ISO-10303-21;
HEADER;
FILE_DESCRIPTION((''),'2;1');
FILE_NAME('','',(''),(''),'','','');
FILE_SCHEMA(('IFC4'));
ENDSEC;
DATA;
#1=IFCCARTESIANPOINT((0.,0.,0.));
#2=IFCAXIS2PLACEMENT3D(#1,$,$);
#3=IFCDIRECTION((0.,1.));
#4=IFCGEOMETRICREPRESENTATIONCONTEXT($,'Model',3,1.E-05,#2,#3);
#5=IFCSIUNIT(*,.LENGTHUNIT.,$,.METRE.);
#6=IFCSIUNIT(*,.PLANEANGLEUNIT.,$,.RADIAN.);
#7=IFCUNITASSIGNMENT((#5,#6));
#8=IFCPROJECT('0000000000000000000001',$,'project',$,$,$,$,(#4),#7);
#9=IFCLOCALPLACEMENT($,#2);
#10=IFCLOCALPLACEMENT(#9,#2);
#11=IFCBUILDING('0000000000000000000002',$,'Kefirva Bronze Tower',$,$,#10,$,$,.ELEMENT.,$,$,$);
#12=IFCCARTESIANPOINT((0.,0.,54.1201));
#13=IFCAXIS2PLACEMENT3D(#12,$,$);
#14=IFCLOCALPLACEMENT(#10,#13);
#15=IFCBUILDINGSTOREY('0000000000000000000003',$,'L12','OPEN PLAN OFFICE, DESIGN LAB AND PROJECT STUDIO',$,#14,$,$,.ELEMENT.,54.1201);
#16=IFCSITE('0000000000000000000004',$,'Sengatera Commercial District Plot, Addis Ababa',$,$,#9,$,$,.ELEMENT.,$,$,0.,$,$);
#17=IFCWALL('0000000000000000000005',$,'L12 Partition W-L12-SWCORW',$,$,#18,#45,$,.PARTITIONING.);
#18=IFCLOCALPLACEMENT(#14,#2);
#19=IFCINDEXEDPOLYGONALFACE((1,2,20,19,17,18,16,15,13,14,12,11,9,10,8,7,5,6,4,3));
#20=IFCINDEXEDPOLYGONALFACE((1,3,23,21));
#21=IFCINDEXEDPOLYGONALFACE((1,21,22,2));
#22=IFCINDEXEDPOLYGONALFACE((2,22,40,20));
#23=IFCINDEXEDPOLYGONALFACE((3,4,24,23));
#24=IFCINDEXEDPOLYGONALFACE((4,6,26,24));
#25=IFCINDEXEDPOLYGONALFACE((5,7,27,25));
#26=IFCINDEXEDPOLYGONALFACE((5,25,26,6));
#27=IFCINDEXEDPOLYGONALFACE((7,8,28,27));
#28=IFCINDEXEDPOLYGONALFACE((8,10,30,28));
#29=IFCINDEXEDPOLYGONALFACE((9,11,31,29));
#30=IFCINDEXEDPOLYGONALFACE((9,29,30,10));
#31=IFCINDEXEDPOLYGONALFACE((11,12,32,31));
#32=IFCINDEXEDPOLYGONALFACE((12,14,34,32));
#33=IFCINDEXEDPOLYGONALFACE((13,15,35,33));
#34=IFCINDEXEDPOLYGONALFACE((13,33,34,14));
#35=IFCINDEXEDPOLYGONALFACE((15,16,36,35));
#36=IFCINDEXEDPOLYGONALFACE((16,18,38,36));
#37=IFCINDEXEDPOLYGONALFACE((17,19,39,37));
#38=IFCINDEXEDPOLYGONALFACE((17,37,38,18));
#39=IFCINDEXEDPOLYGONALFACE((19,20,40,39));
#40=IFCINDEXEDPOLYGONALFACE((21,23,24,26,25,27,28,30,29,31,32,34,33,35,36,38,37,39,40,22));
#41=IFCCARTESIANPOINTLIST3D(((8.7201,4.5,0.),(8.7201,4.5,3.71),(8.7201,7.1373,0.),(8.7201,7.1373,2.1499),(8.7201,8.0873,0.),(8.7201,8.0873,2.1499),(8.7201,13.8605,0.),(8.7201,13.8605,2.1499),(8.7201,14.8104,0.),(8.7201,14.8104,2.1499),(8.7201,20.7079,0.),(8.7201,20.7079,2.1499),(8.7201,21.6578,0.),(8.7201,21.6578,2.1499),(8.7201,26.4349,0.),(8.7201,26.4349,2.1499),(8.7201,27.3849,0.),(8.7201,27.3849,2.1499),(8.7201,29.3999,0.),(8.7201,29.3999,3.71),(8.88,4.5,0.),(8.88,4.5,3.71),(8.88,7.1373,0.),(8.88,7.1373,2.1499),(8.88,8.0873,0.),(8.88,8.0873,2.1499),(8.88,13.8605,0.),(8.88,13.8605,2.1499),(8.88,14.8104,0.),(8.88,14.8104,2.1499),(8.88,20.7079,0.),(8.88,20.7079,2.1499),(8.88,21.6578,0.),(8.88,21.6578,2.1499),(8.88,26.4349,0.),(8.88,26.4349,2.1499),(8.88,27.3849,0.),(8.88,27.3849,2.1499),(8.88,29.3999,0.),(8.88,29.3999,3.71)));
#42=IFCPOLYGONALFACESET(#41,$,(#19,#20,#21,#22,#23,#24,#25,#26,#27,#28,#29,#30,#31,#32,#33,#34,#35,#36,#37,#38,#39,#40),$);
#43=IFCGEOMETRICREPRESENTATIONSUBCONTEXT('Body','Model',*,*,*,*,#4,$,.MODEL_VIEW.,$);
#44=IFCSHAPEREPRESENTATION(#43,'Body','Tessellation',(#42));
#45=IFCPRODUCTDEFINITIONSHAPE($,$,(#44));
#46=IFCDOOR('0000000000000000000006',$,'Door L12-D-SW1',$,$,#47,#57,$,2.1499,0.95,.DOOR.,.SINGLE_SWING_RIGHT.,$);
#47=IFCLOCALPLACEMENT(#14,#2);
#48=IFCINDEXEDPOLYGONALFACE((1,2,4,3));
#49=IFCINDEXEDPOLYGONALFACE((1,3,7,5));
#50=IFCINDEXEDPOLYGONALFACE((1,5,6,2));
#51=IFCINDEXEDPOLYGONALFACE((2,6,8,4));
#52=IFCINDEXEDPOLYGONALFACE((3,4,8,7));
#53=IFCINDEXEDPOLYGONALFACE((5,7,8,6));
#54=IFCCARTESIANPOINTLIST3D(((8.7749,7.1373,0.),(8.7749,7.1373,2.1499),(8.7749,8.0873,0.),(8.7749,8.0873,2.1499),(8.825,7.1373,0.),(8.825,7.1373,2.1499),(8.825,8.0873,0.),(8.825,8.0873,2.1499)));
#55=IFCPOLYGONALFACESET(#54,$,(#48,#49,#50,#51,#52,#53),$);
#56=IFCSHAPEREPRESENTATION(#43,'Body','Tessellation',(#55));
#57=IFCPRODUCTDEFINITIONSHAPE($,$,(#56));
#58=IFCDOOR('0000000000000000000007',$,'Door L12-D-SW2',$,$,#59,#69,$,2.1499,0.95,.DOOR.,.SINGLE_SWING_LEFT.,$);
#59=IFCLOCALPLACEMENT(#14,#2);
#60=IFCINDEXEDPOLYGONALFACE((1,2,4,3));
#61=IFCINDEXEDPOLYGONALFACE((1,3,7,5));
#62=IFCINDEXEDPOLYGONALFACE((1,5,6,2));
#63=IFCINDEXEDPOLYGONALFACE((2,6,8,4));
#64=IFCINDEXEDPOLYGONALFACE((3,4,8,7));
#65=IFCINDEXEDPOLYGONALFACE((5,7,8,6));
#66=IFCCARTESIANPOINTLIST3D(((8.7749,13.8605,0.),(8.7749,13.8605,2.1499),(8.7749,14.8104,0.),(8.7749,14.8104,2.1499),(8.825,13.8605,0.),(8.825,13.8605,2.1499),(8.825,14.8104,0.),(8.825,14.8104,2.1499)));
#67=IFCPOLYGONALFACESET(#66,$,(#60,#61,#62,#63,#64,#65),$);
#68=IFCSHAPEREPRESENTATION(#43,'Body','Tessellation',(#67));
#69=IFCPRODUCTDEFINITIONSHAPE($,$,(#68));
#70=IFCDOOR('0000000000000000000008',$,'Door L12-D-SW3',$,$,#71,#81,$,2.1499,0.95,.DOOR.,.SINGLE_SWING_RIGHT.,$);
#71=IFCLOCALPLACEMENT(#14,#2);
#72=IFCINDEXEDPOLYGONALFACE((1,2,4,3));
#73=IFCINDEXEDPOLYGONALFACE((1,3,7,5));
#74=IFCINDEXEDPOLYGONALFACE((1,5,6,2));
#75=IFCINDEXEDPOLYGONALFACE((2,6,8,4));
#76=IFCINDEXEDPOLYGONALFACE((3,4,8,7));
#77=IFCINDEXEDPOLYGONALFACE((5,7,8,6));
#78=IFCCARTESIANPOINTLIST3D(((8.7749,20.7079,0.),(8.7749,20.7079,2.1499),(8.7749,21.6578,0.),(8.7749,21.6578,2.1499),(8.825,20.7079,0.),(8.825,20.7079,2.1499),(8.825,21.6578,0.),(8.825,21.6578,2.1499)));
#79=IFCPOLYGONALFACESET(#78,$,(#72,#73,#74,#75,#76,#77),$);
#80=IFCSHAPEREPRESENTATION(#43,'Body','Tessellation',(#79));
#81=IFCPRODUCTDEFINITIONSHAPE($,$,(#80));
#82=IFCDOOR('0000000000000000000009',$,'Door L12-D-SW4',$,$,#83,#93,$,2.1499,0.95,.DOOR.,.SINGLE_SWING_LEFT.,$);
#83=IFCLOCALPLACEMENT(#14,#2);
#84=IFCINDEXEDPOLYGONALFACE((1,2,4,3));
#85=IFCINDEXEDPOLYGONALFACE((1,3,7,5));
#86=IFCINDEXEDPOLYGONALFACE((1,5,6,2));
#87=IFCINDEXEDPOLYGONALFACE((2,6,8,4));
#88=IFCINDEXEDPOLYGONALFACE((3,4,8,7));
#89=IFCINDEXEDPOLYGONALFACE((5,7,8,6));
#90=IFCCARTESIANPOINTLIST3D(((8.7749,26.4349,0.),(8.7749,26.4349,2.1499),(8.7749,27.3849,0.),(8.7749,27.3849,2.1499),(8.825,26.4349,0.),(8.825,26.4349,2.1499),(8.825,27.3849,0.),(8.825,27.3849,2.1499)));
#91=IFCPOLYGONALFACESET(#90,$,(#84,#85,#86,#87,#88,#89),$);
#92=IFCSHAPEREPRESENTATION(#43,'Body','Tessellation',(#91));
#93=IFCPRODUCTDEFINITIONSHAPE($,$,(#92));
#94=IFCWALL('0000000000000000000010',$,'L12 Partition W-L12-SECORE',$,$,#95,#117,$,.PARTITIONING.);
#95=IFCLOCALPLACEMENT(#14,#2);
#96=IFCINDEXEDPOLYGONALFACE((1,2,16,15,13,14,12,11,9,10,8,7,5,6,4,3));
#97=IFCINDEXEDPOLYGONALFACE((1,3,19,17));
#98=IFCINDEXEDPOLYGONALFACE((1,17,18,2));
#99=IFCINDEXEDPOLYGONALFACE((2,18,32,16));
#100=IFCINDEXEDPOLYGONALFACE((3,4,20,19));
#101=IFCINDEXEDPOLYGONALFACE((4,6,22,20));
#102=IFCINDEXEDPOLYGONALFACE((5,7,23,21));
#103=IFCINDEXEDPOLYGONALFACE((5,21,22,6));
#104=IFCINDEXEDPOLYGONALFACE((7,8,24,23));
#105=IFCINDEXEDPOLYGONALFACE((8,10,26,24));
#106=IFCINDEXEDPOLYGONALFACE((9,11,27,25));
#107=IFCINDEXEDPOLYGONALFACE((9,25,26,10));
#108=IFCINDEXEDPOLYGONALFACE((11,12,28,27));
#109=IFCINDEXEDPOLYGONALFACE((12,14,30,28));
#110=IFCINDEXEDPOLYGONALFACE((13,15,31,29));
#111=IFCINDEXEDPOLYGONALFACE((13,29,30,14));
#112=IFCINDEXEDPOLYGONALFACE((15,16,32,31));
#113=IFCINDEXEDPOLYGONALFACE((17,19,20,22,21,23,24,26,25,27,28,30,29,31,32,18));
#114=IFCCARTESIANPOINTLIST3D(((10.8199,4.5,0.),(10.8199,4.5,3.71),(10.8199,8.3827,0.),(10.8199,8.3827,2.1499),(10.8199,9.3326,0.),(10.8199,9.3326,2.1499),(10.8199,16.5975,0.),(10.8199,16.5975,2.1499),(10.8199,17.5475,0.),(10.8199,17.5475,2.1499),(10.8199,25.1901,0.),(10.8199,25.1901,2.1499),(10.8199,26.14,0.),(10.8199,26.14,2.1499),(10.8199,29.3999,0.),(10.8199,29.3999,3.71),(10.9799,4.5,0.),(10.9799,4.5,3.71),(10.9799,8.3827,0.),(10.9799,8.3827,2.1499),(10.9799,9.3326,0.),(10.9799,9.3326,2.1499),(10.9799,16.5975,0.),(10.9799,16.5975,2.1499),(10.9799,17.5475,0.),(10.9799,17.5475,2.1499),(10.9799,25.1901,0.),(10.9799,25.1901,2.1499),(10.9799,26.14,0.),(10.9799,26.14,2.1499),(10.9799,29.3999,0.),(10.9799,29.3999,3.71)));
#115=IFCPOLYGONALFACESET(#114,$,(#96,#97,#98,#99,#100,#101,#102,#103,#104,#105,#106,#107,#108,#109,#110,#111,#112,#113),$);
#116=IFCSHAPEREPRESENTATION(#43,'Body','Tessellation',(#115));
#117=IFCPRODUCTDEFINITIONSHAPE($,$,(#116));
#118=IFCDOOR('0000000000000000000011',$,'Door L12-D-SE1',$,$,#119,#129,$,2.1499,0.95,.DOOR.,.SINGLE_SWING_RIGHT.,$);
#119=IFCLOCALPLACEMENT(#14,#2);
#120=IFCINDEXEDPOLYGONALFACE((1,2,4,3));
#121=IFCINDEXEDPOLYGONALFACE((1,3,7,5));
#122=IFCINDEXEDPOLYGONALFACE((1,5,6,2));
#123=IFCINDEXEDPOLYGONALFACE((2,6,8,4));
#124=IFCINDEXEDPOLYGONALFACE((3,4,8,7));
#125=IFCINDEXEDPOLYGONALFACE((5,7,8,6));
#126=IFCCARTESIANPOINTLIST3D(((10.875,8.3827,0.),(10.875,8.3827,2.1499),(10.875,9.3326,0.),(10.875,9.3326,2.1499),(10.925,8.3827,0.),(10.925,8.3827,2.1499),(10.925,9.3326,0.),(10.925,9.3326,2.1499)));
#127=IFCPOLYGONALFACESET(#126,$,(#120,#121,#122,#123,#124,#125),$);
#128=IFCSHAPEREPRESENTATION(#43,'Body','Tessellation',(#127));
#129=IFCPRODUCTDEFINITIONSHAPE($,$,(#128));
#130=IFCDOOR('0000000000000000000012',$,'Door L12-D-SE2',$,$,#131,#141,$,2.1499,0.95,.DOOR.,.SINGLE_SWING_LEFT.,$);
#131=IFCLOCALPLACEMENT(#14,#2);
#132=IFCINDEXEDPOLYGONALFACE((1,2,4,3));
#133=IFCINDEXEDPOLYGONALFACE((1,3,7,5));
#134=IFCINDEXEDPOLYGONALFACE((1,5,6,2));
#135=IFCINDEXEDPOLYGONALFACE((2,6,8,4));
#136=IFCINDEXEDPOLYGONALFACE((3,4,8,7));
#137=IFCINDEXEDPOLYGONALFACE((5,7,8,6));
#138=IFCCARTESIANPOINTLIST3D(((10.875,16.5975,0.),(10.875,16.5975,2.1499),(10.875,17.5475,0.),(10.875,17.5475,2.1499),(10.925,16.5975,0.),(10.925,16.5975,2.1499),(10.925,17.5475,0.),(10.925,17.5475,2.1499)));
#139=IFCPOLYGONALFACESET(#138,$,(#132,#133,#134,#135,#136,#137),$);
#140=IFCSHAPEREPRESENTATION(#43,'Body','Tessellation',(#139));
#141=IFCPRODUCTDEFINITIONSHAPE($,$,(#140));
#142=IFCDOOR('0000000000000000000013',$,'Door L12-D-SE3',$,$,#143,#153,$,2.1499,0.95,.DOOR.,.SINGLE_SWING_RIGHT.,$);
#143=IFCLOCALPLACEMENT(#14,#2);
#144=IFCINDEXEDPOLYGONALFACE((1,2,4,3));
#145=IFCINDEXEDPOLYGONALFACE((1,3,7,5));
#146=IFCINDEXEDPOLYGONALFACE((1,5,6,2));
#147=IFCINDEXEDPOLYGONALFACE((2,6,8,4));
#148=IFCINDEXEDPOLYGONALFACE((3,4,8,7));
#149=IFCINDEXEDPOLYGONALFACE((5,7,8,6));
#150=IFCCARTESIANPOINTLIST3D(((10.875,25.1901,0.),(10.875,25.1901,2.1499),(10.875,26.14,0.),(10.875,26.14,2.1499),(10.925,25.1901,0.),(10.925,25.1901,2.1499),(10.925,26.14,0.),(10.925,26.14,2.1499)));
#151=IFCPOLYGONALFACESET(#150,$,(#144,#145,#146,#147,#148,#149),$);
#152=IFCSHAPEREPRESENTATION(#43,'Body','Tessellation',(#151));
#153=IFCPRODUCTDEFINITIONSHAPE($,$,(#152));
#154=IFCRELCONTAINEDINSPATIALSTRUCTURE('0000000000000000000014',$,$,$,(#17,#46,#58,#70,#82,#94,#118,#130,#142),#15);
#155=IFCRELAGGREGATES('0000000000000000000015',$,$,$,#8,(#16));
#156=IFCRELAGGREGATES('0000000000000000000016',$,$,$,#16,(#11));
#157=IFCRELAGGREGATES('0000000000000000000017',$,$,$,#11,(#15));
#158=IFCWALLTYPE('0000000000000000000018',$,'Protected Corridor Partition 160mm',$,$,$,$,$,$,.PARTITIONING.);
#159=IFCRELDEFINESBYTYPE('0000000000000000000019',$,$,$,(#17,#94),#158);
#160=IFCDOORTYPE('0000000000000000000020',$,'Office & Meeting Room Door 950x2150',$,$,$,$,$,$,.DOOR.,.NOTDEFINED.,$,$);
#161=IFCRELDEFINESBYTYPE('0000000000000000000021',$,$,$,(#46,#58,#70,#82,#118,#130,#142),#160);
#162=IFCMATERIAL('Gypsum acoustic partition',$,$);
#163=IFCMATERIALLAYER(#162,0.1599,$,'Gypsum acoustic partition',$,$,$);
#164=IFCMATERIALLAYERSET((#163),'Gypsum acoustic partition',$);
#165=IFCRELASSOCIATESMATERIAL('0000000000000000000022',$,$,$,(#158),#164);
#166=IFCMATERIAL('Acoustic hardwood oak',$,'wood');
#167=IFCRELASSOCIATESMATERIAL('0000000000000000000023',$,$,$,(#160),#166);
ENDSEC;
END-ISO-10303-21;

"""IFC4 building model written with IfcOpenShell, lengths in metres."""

from ifc_helpers import new_model, si_unit, direction, frame, frame_2d, origin, place, context, subcontext, project, spatial, rectangle, extrude, material, layer, layer_set, type_object, element, fill, save


model = new_model("IFC4")

# Units and contexts
model_context = context("Model", 3, precision=1e-05, world=origin(), true_north=direction((0.0, 1.0)))
body_context = subcontext(model_context, "Body", "Model", "MODEL_VIEW")
ifc_project = project(units=[si_unit("LENGTHUNIT", "METRE"), si_unit("PLANEANGLEUNIT", "RADIAN")], contexts=[model_context])

# Site, building, storey
site_placement = place(None, origin())
site = spatial("IfcSite", under=ifc_project, at=site_placement, Name="Sengatera Commercial District Plot, Addis Ababa", CompositionType="ELEMENT", RefElevation=0.0)
building_placement = place(site_placement, origin())
building = spatial("IfcBuilding", under=site, at=building_placement, Name="Kefirva Bronze Tower", CompositionType="ELEMENT")
storey_placement = place(building_placement, frame((0.0, 0.0, 54.1201)))
storey = spatial("IfcBuildingStorey", under=building, at=storey_placement, Name="L12", Description="OPEN PLAN OFFICE, DESIGN LAB AND PROJECT STUDIO", CompositionType="ELEMENT", Elevation=54.1201)

# Walls, openings, doors
ifc_material_1 = material(Name="Gypsum acoustic partition")
ifc_layer_1 = layer(ifc_material_1, 0.1599, Name="Gypsum acoustic partition")
ifc_layer_set_1 = layer_set([ifc_layer_1], Name="Gypsum acoustic partition")
wall_type = type_object("IfcWallType", Name="Protected Corridor Partition 160mm", PredefinedType="PARTITIONING", material=ifc_layer_set_1)
wall_1_placement = place(storey_placement, frame((8.8, 4.5, 0.0), z_axis=(0.0, 0.0, 1.0), x_axis=(0.0, 1.0, 0.0)))
wall_1 = element("IfcWall", 1, at=wall_1_placement, inside=storey, type_object=wall_type, Name="L12 Partition W-L12-SWCORW", PredefinedType="PARTITIONING", context=body_context, shape_type="SweptSolid", body=[
    extrude(rectangle(XDim=24.8999, YDim=0.1599, at=frame_2d((12.45, 0.0))), origin(), (0.0, 0.0, 1.0), 3.71),
])
opening_1_placement = place(wall_1_placement, frame((3.5874, 0.0, 0.0), z_axis=(0.0, 0.0, 1.0), x_axis=(-1.0, 0.0, 0.0)))
opening_1 = element("IfcOpeningElement", 2, at=opening_1_placement, cuts=wall_1, PredefinedType="OPENING", context=body_context, shape_type="SweptSolid", body=[
    extrude(rectangle(XDim=0.95, YDim=2.1499, at=frame_2d((0.4751, 1.075))), frame((0.0, 0.0898, 0.0), z_axis=(0.0, -1.0, 0.0), x_axis=(1.0, 0.0, 0.0)), (0.0, 0.0, 1.0), 0.1799),
])
opening_2_placement = place(wall_1_placement, frame((10.3105, 0.0, 0.0), z_axis=(0.0, 0.0, 1.0), x_axis=(-1.0, 0.0, 0.0)))
opening_2 = element("IfcOpeningElement", 3, at=opening_2_placement, cuts=wall_1, PredefinedType="OPENING", context=body_context, shape_type="SweptSolid", body=[
    extrude(rectangle(XDim=0.95, YDim=2.1499, at=frame_2d((0.4751, 1.075))), frame((0.0, 0.0898, 0.0), z_axis=(0.0, -1.0, 0.0), x_axis=(1.0, 0.0, 0.0)), (0.0, 0.0, 1.0), 0.1799),
])
opening_3_placement = place(wall_1_placement, frame((17.158, 0.0, 0.0), z_axis=(0.0, 0.0, 1.0), x_axis=(-1.0, 0.0, 0.0)))
opening_3 = element("IfcOpeningElement", 4, at=opening_3_placement, cuts=wall_1, PredefinedType="OPENING", context=body_context, shape_type="SweptSolid", body=[
    extrude(rectangle(XDim=0.95, YDim=2.1499, at=frame_2d((0.4751, 1.075))), frame((0.0, 0.0898, 0.0), z_axis=(0.0, -1.0, 0.0), x_axis=(1.0, 0.0, 0.0)), (0.0, 0.0, 1.0), 0.1799),
])
opening_4_placement = place(wall_1_placement, frame((22.885, 0.0, 0.0), z_axis=(0.0, 0.0, 1.0), x_axis=(-1.0, 0.0, 0.0)))
opening_4 = element("IfcOpeningElement", 5, at=opening_4_placement, cuts=wall_1, PredefinedType="OPENING", context=body_context, shape_type="SweptSolid", body=[
    extrude(rectangle(XDim=0.95, YDim=2.1499, at=frame_2d((0.4751, 1.075))), frame((0.0, 0.0898, 0.0), z_axis=(0.0, -1.0, 0.0), x_axis=(1.0, 0.0, 0.0)), (0.0, 0.0, 1.0), 0.1799),
])
ifc_material_2 = material(Name="Acoustic hardwood oak", Category="wood")
door_type = type_object("IfcDoorType", Name="Office & Meeting Room Door 950x2150", OperationType="NOTDEFINED", PredefinedType="DOOR", material=ifc_material_2)
door_1_placement = place(opening_1_placement, origin())
door_1 = element("IfcDoor", 6, at=door_1_placement, inside=storey, type_object=door_type, Name="Door L12-D-SW1", OperationType="SINGLE_SWING_RIGHT", OverallHeight=2.1499, OverallWidth=0.95, PredefinedType="DOOR", context=body_context, shape_type="SweptSolid", body=[
    extrude(rectangle(XDim=0.95, YDim=2.1499, at=frame_2d((0.4751, 1.075))), frame((0.0, 0.0249, 0.0), z_axis=(0.0, -1.0, 0.0), x_axis=(1.0, 0.0, 0.0)), (0.0, 0.0, 1.0), 0.05),
])
fill(opening_1, door_1)
door_2_placement = place(opening_2_placement, origin())
door_2 = element("IfcDoor", 7, at=door_2_placement, inside=storey, type_object=door_type, Name="Door L12-D-SW2", OperationType="SINGLE_SWING_LEFT", OverallHeight=2.1499, OverallWidth=0.95, PredefinedType="DOOR", context=body_context, shape_type="SweptSolid", body=[
    extrude(rectangle(XDim=0.95, YDim=2.1499, at=frame_2d((0.4751, 1.075))), frame((0.0, 0.0249, 0.0), z_axis=(0.0, -1.0, 0.0), x_axis=(1.0, 0.0, 0.0)), (0.0, 0.0, 1.0), 0.05),
])
fill(opening_2, door_2)
door_3_placement = place(opening_3_placement, origin())
door_3 = element("IfcDoor", 8, at=door_3_placement, inside=storey, type_object=door_type, Name="Door L12-D-SW3", OperationType="SINGLE_SWING_RIGHT", OverallHeight=2.1499, OverallWidth=0.95, PredefinedType="DOOR", context=body_context, shape_type="SweptSolid", body=[
    extrude(rectangle(XDim=0.95, YDim=2.1499, at=frame_2d((0.4751, 1.075))), frame((0.0, 0.0249, 0.0), z_axis=(0.0, -1.0, 0.0), x_axis=(1.0, 0.0, 0.0)), (0.0, 0.0, 1.0), 0.05),
])
fill(opening_3, door_3)
door_4_placement = place(opening_4_placement, origin())
door_4 = element("IfcDoor", 9, at=door_4_placement, inside=storey, type_object=door_type, Name="Door L12-D-SW4", OperationType="SINGLE_SWING_LEFT", OverallHeight=2.1499, OverallWidth=0.95, PredefinedType="DOOR", context=body_context, shape_type="SweptSolid", body=[
    extrude(rectangle(XDim=0.95, YDim=2.1499, at=frame_2d((0.4751, 1.075))), frame((0.0, 0.0249, 0.0), z_axis=(0.0, -1.0, 0.0), x_axis=(1.0, 0.0, 0.0)), (0.0, 0.0, 1.0), 0.05),
])
fill(opening_4, door_4)
wall_2_placement = place(storey_placement, frame((10.8999, 4.5, 0.0), z_axis=(0.0, 0.0, 1.0), x_axis=(0.0, 1.0, 0.0)))
wall_2 = element("IfcWall", 10, at=wall_2_placement, inside=storey, type_object=wall_type, Name="L12 Partition W-L12-SECORE", PredefinedType="PARTITIONING", context=body_context, shape_type="SweptSolid", body=[
    extrude(rectangle(XDim=24.8999, YDim=0.1599, at=frame_2d((12.45, 0.0))), origin(), (0.0, 0.0, 1.0), 3.71),
])
opening_5_placement = place(wall_2_placement, frame((3.8826, 0.0, 0.0)))
opening_5 = element("IfcOpeningElement", 11, at=opening_5_placement, cuts=wall_2, PredefinedType="OPENING", context=body_context, shape_type="SweptSolid", body=[
    extrude(rectangle(XDim=0.95, YDim=2.1499, at=frame_2d((0.4751, 1.075))), frame((0.0, 0.0898, 0.0), z_axis=(0.0, -1.0, 0.0), x_axis=(1.0, 0.0, 0.0)), (0.0, 0.0, 1.0), 0.1799),
])
opening_6_placement = place(wall_2_placement, frame((12.0974, 0.0, 0.0)))
opening_6 = element("IfcOpeningElement", 12, at=opening_6_placement, cuts=wall_2, PredefinedType="OPENING", context=body_context, shape_type="SweptSolid", body=[
    extrude(rectangle(XDim=0.95, YDim=2.1499, at=frame_2d((0.4751, 1.075))), frame((0.0, 0.0898, 0.0), z_axis=(0.0, -1.0, 0.0), x_axis=(1.0, 0.0, 0.0)), (0.0, 0.0, 1.0), 0.1799),
])
opening_7_placement = place(wall_2_placement, frame((20.6899, 0.0, 0.0)))
opening_7 = element("IfcOpeningElement", 13, at=opening_7_placement, cuts=wall_2, PredefinedType="OPENING", context=body_context, shape_type="SweptSolid", body=[
    extrude(rectangle(XDim=0.95, YDim=2.1499, at=frame_2d((0.4751, 1.075))), frame((0.0, 0.0898, 0.0), z_axis=(0.0, -1.0, 0.0), x_axis=(1.0, 0.0, 0.0)), (0.0, 0.0, 1.0), 0.1799),
])
door_5_placement = place(opening_5_placement, origin())
door_5 = element("IfcDoor", 14, at=door_5_placement, inside=storey, type_object=door_type, Name="Door L12-D-SE1", OperationType="SINGLE_SWING_RIGHT", OverallHeight=2.1499, OverallWidth=0.95, PredefinedType="DOOR", context=body_context, shape_type="SweptSolid", body=[
    extrude(rectangle(XDim=0.95, YDim=2.1499, at=frame_2d((0.4751, 1.075))), frame((0.0, 0.0249, 0.0), z_axis=(0.0, -1.0, 0.0), x_axis=(1.0, 0.0, 0.0)), (0.0, 0.0, 1.0), 0.05),
])
fill(opening_5, door_5)
door_6_placement = place(opening_6_placement, origin())
door_6 = element("IfcDoor", 15, at=door_6_placement, inside=storey, type_object=door_type, Name="Door L12-D-SE2", OperationType="SINGLE_SWING_LEFT", OverallHeight=2.1499, OverallWidth=0.95, PredefinedType="DOOR", context=body_context, shape_type="SweptSolid", body=[
    extrude(rectangle(XDim=0.95, YDim=2.1499, at=frame_2d((0.4751, 1.075))), frame((0.0, 0.0249, 0.0), z_axis=(0.0, -1.0, 0.0), x_axis=(1.0, 0.0, 0.0)), (0.0, 0.0, 1.0), 0.05),
])
fill(opening_6, door_6)
door_7_placement = place(opening_7_placement, origin())
door_7 = element("IfcDoor", 16, at=door_7_placement, inside=storey, type_object=door_type, Name="Door L12-D-SE3", OperationType="SINGLE_SWING_RIGHT", OverallHeight=2.1499, OverallWidth=0.95, PredefinedType="DOOR", context=body_context, shape_type="SweptSolid", body=[
    extrude(rectangle(XDim=0.95, YDim=2.1499, at=frame_2d((0.4751, 1.075))), frame((0.0, 0.0249, 0.0), z_axis=(0.0, -1.0, 0.0), x_axis=(1.0, 0.0, 0.0)), (0.0, 0.0, 1.0), 0.05),
])
fill(opening_7, door_7)

save(model, "model.ifc")
